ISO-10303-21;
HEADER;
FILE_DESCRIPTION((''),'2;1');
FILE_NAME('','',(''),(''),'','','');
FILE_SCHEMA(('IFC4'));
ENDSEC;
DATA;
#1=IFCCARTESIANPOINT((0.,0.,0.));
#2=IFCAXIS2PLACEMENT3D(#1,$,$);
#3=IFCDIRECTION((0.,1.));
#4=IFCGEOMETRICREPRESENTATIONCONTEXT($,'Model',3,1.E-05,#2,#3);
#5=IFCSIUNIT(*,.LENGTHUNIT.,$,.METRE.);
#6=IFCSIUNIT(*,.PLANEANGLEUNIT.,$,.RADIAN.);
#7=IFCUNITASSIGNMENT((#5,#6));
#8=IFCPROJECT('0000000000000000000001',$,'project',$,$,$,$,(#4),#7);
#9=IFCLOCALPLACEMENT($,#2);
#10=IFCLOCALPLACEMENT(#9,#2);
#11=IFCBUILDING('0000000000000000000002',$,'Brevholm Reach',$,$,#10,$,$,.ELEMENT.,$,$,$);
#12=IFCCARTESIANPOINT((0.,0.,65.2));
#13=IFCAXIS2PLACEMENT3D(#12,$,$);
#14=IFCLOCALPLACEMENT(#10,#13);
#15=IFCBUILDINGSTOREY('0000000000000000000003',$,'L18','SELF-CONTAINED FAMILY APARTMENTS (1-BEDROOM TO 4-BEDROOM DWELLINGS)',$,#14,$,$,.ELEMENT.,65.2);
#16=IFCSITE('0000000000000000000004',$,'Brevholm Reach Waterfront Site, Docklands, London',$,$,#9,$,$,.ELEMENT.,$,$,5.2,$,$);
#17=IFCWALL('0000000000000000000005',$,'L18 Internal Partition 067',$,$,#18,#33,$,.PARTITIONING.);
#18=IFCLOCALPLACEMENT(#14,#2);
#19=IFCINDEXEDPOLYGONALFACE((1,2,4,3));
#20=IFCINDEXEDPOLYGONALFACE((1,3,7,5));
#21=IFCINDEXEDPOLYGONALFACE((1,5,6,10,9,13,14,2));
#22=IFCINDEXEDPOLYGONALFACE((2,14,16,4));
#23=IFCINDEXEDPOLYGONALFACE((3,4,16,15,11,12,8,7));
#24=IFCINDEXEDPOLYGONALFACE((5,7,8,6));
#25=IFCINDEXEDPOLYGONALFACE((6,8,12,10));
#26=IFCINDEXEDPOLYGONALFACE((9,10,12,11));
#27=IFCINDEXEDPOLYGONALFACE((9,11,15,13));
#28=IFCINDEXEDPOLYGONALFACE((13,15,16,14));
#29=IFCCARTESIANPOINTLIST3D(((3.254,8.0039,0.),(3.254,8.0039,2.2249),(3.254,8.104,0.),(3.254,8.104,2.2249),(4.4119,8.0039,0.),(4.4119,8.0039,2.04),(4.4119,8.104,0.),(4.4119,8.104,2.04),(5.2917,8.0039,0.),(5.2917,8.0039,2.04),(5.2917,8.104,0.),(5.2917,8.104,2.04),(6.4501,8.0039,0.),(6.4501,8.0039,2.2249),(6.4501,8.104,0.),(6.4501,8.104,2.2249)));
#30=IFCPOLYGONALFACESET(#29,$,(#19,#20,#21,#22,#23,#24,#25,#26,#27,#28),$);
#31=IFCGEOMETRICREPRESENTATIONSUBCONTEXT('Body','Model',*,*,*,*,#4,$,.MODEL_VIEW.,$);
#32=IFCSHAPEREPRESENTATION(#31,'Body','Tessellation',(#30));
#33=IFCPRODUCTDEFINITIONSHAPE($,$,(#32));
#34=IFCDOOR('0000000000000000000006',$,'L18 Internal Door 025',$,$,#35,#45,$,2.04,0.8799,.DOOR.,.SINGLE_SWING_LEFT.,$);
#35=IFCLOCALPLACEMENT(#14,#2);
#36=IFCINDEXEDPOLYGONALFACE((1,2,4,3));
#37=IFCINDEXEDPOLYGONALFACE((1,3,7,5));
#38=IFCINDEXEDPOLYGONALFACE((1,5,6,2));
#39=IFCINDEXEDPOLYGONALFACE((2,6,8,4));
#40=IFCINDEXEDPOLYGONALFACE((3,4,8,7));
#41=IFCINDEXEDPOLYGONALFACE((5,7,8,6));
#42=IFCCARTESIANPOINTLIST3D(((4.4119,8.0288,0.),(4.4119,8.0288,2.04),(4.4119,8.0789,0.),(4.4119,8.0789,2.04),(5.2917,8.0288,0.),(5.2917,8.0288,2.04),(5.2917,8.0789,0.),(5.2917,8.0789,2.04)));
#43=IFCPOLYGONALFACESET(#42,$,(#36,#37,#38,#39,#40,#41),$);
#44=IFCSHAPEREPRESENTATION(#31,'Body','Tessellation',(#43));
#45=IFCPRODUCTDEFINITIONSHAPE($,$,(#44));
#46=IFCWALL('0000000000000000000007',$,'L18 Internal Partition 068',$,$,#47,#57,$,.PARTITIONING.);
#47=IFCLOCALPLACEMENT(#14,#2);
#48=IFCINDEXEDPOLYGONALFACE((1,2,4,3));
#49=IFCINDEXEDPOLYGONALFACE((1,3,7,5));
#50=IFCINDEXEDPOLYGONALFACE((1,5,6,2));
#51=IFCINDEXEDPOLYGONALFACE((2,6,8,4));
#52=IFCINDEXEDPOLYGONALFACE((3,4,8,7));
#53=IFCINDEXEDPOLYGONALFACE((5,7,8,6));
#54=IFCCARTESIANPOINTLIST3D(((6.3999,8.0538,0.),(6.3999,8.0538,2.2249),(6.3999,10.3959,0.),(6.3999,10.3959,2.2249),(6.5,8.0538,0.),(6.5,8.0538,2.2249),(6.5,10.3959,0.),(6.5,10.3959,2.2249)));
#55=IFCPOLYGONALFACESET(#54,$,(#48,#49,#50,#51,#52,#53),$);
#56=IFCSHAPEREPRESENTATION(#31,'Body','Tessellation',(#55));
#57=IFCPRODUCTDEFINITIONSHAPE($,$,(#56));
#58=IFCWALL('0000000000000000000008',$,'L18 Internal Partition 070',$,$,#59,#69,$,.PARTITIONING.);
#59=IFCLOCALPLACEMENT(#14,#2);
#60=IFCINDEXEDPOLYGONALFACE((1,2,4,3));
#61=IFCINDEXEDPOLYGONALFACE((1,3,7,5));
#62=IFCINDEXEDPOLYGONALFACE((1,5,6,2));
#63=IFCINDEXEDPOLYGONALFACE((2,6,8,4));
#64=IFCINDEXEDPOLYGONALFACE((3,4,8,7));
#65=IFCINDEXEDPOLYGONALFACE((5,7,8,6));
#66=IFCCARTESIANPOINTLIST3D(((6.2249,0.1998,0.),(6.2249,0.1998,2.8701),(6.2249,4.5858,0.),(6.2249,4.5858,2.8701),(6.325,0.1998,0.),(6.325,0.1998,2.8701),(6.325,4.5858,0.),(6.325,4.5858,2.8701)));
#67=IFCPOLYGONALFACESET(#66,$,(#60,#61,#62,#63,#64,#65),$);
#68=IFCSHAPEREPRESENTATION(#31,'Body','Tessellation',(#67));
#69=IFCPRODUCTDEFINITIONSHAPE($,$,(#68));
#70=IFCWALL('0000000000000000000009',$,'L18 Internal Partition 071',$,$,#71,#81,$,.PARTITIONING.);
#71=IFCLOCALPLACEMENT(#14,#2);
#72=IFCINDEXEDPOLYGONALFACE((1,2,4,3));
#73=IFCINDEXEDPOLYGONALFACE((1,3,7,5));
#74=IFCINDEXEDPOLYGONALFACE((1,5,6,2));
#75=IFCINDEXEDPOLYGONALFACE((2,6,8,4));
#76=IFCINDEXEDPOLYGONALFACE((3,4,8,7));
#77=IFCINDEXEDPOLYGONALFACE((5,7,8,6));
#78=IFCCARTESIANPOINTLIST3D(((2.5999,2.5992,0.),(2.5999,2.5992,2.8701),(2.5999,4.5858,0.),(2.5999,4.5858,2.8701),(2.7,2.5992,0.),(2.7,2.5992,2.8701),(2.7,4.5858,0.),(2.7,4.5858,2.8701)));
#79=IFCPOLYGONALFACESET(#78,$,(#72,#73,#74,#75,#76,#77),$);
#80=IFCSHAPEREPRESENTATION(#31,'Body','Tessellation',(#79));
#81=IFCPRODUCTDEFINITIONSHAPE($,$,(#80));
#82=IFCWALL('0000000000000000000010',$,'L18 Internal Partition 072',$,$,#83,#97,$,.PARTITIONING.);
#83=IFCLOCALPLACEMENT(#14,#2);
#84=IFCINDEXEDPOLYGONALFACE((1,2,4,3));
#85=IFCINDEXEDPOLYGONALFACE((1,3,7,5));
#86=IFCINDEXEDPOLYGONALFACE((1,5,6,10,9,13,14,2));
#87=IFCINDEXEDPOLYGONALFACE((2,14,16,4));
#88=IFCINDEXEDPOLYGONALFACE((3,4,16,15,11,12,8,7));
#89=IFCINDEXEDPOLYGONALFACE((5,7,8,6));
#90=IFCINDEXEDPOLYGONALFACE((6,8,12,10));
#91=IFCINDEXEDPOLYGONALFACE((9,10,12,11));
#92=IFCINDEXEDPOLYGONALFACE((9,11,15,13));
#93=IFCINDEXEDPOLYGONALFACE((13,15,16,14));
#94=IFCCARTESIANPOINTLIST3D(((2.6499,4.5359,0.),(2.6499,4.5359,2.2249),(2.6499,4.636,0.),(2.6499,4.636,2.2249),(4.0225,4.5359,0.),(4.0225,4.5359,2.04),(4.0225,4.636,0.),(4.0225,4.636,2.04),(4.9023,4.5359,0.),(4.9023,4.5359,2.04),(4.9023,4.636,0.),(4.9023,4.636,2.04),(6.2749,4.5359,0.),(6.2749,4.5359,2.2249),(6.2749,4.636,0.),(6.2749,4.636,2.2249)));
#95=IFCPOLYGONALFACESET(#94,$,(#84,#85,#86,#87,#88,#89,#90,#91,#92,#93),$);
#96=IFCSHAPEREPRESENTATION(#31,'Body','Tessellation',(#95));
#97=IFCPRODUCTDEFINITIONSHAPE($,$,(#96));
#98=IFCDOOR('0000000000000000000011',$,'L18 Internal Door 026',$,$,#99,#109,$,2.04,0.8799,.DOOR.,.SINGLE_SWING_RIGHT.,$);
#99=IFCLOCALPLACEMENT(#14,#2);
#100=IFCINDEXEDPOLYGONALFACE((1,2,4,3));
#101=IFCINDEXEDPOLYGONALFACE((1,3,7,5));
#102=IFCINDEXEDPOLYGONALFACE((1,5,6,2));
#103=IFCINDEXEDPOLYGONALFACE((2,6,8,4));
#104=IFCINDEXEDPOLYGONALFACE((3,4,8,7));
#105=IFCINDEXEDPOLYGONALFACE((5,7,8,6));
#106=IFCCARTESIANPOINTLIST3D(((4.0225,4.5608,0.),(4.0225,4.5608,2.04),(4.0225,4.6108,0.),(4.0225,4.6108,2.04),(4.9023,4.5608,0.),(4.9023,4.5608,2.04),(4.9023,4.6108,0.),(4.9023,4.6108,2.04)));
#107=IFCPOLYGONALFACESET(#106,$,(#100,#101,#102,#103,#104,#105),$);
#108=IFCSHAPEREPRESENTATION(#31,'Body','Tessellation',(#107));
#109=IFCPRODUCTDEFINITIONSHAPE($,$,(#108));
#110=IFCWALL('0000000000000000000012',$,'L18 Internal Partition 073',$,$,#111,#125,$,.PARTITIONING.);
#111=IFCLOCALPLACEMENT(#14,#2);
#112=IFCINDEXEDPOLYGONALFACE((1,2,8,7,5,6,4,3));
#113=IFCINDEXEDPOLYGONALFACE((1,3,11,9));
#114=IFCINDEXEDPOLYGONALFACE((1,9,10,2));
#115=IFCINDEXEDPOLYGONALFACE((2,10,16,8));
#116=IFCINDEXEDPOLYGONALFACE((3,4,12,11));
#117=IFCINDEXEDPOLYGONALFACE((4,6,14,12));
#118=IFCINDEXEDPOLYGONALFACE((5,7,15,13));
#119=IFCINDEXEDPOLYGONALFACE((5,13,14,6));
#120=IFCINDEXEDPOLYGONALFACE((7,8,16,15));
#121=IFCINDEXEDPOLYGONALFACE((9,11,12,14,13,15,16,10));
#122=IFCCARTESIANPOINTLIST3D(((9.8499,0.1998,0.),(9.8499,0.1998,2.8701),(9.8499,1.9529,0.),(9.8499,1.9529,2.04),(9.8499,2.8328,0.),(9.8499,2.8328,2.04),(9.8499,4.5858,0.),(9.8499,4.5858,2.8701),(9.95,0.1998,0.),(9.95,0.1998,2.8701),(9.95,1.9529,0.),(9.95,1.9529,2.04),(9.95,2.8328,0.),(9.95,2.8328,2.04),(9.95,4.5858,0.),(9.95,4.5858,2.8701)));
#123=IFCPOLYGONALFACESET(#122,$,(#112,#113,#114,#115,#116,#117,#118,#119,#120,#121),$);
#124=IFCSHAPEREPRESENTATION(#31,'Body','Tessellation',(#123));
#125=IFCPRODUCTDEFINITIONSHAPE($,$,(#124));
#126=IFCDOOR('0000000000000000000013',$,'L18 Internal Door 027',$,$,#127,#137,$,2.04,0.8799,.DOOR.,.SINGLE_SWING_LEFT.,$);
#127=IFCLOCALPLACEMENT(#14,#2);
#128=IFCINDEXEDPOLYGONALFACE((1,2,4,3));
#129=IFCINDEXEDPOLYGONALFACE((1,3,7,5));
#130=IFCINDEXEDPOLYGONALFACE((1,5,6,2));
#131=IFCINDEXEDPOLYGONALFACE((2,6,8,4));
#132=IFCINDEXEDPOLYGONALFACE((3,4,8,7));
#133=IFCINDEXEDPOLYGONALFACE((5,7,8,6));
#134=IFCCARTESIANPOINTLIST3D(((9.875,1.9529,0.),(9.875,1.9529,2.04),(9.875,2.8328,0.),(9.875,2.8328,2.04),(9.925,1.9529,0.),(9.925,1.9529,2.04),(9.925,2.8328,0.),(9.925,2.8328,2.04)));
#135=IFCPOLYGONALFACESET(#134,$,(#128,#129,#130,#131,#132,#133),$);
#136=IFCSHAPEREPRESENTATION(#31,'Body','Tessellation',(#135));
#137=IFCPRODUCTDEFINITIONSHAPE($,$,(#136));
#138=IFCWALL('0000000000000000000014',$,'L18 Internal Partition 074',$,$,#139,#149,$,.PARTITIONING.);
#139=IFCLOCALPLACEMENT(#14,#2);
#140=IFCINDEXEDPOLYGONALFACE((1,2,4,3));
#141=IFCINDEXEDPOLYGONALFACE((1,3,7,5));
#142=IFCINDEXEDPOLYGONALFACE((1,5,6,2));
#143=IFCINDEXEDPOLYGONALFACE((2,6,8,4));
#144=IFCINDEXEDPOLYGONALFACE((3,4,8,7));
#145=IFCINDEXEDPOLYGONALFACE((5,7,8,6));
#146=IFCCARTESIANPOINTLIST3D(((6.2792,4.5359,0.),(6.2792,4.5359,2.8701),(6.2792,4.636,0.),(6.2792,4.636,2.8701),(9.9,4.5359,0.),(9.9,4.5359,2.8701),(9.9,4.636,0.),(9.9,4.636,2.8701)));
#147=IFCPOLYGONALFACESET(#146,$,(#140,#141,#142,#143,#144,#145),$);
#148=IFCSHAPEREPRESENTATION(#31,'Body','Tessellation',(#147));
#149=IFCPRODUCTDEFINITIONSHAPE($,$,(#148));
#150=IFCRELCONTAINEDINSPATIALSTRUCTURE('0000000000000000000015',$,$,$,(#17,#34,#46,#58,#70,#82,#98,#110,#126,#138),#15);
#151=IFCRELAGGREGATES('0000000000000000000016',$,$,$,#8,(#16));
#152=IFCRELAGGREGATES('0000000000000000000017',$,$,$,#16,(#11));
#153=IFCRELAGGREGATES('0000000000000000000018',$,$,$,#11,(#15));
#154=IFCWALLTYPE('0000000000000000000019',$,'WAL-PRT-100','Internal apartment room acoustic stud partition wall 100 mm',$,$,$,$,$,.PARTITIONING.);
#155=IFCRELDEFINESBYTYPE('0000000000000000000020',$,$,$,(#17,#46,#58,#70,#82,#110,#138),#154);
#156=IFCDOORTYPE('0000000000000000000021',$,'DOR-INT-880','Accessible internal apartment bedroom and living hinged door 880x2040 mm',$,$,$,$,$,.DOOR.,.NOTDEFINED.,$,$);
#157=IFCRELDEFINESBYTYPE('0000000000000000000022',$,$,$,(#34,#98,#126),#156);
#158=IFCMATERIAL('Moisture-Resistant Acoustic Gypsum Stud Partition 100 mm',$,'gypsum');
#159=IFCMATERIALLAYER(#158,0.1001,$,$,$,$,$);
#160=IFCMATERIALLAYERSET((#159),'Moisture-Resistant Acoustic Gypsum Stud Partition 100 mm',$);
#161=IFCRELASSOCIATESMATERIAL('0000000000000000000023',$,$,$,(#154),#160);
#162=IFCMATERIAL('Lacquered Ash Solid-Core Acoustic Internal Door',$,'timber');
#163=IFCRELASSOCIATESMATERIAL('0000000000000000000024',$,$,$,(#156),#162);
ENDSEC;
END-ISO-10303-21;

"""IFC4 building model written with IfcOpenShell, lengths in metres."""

from ifc_helpers import new_model, si_unit, direction, frame, frame_2d, origin, place, context, subcontext, project, spatial, rectangle, extrude, material, layer, layer_set, type_object, element, fill, save


model = new_model("IFC4")

# Units and contexts
model_context = context("Model", 3, precision=1e-05, world=origin(), true_north=direction((0.0, 1.0)))
body_context = subcontext(model_context, "Body", "Model", "MODEL_VIEW")
ifc_project = project(units=[si_unit("LENGTHUNIT", "METRE"), si_unit("PLANEANGLEUNIT", "RADIAN")], contexts=[model_context])

# Site, building, storey
site_placement = place(None, origin())
site = spatial("IfcSite", under=ifc_project, at=site_placement, Name="Brevholm Reach Waterfront Site, Docklands, London", CompositionType="ELEMENT", RefElevation=5.2)
building_placement = place(site_placement, origin())
building = spatial("IfcBuilding", under=site, at=building_placement, Name="Brevholm Reach", CompositionType="ELEMENT")
storey_placement = place(building_placement, frame((0.0, 0.0, 65.2)))
storey = spatial("IfcBuildingStorey", under=building, at=storey_placement, Name="L18", Description="SELF-CONTAINED FAMILY APARTMENTS (1-BEDROOM TO 4-BEDROOM DWELLINGS)", CompositionType="ELEMENT", Elevation=65.2)

# Shared definitions
ifc_material_1 = material(Name="Moisture-Resistant Acoustic Gypsum Stud Partition 100 mm", Category="gypsum")
ifc_layer_1 = layer(ifc_material_1, 0.1001)
ifc_layer_set_1 = layer_set([ifc_layer_1], Name="Moisture-Resistant Acoustic Gypsum Stud Partition 100 mm")
wall_type_1 = type_object("IfcWallType", Name="WAL-PRT-100", Description="Internal apartment room acoustic stud partition wall 100 mm", PredefinedType="PARTITIONING", material=ifc_layer_set_1)

# Wall, opening, door
wall_1_placement = place(storey_placement, frame((3.2539, 8.054, 0.0), z_axis=(0.0, 0.0, 1.0), x_axis=(1.0, 0.0, 0.0)))
wall_1 = element("IfcWall", 1, at=wall_1_placement, inside=storey, type_object=wall_type_1, Name="L18 Internal Partition 067", PredefinedType="PARTITIONING", context=body_context, shape_type="SweptSolid", body=[
    extrude(rectangle(XDim=3.196, YDim=0.1001, at=frame_2d((1.5981, 0.0))), origin(), (0.0, 0.0, 1.0), 2.2249),
])
opening_1_placement = place(wall_1_placement, frame((1.158, 0.0, 0.0)))
opening_1 = element("IfcOpeningElement", 2, at=opening_1_placement, cuts=wall_1, PredefinedType="OPENING", context=body_context, shape_type="SweptSolid", body=[
    extrude(rectangle(XDim=0.8799, YDim=2.04, at=frame_2d((0.4399, 1.02))), frame((0.0, 0.0601, 0.0), z_axis=(0.0, -1.0, 0.0), x_axis=(1.0, 0.0, 0.0)), (0.0, 0.0, 1.0), 0.1201),
])
ifc_material_2 = material(Name="Lacquered Ash Solid-Core Acoustic Internal Door", Category="timber")
door_type = type_object("IfcDoorType", Name="DOR-INT-880", Description="Accessible internal apartment bedroom and living hinged door 880x2040 mm", OperationType="NOTDEFINED", PredefinedType="DOOR", material=ifc_material_2)
door_1_placement = place(opening_1_placement, origin())
door_1 = element("IfcDoor", 3, at=door_1_placement, inside=storey, type_object=door_type, Name="L18 Internal Door 025", OperationType="SINGLE_SWING_LEFT", OverallHeight=2.04, OverallWidth=0.8799, PredefinedType="DOOR", context=body_context, shape_type="SweptSolid", body=[
    extrude(rectangle(XDim=0.8799, YDim=2.04, at=frame_2d((0.4399, 1.02))), frame((0.0, 0.0249, 0.0), z_axis=(0.0, -1.0, 0.0), x_axis=(1.0, 0.0, 0.0)), (0.0, 0.0, 1.0), 0.05),
])
fill(opening_1, door_1)

# Walls
wall_2_placement = place(storey_placement, frame((6.45, 8.054, 0.0), z_axis=(0.0, 0.0, 1.0), x_axis=(0.0, 1.0, 0.0)))
element("IfcWall", 4, at=wall_2_placement, inside=storey, type_object=wall_type_1, Name="L18 Internal Partition 068", PredefinedType="PARTITIONING", context=body_context, shape_type="SweptSolid", body=[
    extrude(rectangle(XDim=2.342, YDim=0.1001, at=frame_2d((1.1709, 0.0))), origin(), (0.0, 0.0, 1.0), 2.2249),
])
wall_3_placement = place(storey_placement, frame((6.2749, 0.2, 0.0), z_axis=(0.0, 0.0, 1.0), x_axis=(0.0, 1.0, 0.0)))
element("IfcWall", 5, at=wall_3_placement, inside=storey, type_object=wall_type_1, Name="L18 Internal Partition 070", PredefinedType="PARTITIONING", context=body_context, shape_type="SweptSolid", body=[
    extrude(rectangle(XDim=4.386, YDim=0.1001, at=frame_2d((2.1929, 0.0))), origin(), (0.0, 0.0, 1.0), 2.8701),
])
wall_4_placement = place(storey_placement, frame((2.6499, 2.5994, 0.0), z_axis=(0.0, 0.0, 1.0), x_axis=(0.0, 1.0, 0.0)))
element("IfcWall", 6, at=wall_4_placement, inside=storey, type_object=wall_type_1, Name="L18 Internal Partition 071", PredefinedType="PARTITIONING", context=body_context, shape_type="SweptSolid", body=[
    extrude(rectangle(XDim=1.9866, YDim=0.1001, at=frame_2d((0.9932, 0.0))), origin(), (0.0, 0.0, 1.0), 2.8701),
])

# Walls, openings, doors
wall_5_placement = place(storey_placement, frame((2.6499, 4.5859, 0.0), z_axis=(0.0, 0.0, 1.0), x_axis=(1.0, 0.0, 0.0)))
wall_5 = element("IfcWall", 7, at=wall_5_placement, inside=storey, type_object=wall_type_1, Name="L18 Internal Partition 072", PredefinedType="PARTITIONING", context=body_context, shape_type="SweptSolid", body=[
    extrude(rectangle(XDim=3.625, YDim=0.1001, at=frame_2d((1.8125, 0.0))), origin(), (0.0, 0.0, 1.0), 2.2249),
])
opening_2_placement = place(wall_5_placement, frame((1.3726, 0.0, 0.0)))
opening_2 = element("IfcOpeningElement", 8, at=opening_2_placement, cuts=wall_5, PredefinedType="OPENING", context=body_context, shape_type="SweptSolid", body=[
    extrude(rectangle(XDim=0.8799, YDim=2.04, at=frame_2d((0.4399, 1.02))), frame((0.0, 0.0601, 0.0), z_axis=(0.0, -1.0, 0.0), x_axis=(1.0, 0.0, 0.0)), (0.0, 0.0, 1.0), 0.1201),
])
door_2_placement = place(opening_2_placement, origin())
door_2 = element("IfcDoor", 9, at=door_2_placement, inside=storey, type_object=door_type, Name="L18 Internal Door 026", OperationType="SINGLE_SWING_RIGHT", OverallHeight=2.04, OverallWidth=0.8799, PredefinedType="DOOR", context=body_context, shape_type="SweptSolid", body=[
    extrude(rectangle(XDim=0.8799, YDim=2.04, at=frame_2d((0.4399, 1.02))), frame((0.0, 0.0249, 0.0), z_axis=(0.0, -1.0, 0.0), x_axis=(1.0, 0.0, 0.0)), (0.0, 0.0, 1.0), 0.05),
])
fill(opening_2, door_2)
wall_6_placement = place(storey_placement, frame((9.8999, 0.2, 0.0), z_axis=(0.0, 0.0, 1.0), x_axis=(0.0, 1.0, 0.0)))
wall_6 = element("IfcWall", 10, at=wall_6_placement, inside=storey, type_object=wall_type_1, Name="L18 Internal Partition 073", PredefinedType="PARTITIONING", context=body_context, shape_type="SweptSolid", body=[
    extrude(rectangle(XDim=4.386, YDim=0.1001, at=frame_2d((2.1929, 0.0))), origin(), (0.0, 0.0, 1.0), 2.8701),
])
opening_3_placement = place(wall_6_placement, frame((1.7529, 0.0, 0.0)))
opening_3 = element("IfcOpeningElement", 11, at=opening_3_placement, cuts=wall_6, PredefinedType="OPENING", context=body_context, shape_type="SweptSolid", body=[
    extrude(rectangle(XDim=0.8799, YDim=2.04, at=frame_2d((0.4399, 1.02))), frame((0.0, 0.0601, 0.0), z_axis=(0.0, -1.0, 0.0), x_axis=(1.0, 0.0, 0.0)), (0.0, 0.0, 1.0), 0.1201),
])
door_3_placement = place(opening_3_placement, origin())
door_3 = element("IfcDoor", 12, at=door_3_placement, inside=storey, type_object=door_type, Name="L18 Internal Door 027", OperationType="SINGLE_SWING_LEFT", OverallHeight=2.04, OverallWidth=0.8799, PredefinedType="DOOR", context=body_context, shape_type="SweptSolid", body=[
    extrude(rectangle(XDim=0.8799, YDim=2.04, at=frame_2d((0.4399, 1.02))), frame((0.0, 0.0249, 0.0), z_axis=(0.0, -1.0, 0.0), x_axis=(1.0, 0.0, 0.0)), (0.0, 0.0, 1.0), 0.05),
])
fill(opening_3, door_3)

# Wall
wall_7_placement = place(storey_placement, frame((6.2791, 4.5859, 0.0), z_axis=(0.0, 0.0, 1.0), x_axis=(1.0, 0.0, 0.0)))
element("IfcWall", 13, at=wall_7_placement, inside=storey, type_object=wall_type_1, Name="L18 Internal Partition 074", PredefinedType="PARTITIONING", context=body_context, shape_type="SweptSolid", body=[
    extrude(rectangle(XDim=3.6208, YDim=0.1001, at=frame_2d((1.8105, 0.0))), origin(), (0.0, 0.0, 1.0), 2.8701),
])

save(model, "model.ifc")
